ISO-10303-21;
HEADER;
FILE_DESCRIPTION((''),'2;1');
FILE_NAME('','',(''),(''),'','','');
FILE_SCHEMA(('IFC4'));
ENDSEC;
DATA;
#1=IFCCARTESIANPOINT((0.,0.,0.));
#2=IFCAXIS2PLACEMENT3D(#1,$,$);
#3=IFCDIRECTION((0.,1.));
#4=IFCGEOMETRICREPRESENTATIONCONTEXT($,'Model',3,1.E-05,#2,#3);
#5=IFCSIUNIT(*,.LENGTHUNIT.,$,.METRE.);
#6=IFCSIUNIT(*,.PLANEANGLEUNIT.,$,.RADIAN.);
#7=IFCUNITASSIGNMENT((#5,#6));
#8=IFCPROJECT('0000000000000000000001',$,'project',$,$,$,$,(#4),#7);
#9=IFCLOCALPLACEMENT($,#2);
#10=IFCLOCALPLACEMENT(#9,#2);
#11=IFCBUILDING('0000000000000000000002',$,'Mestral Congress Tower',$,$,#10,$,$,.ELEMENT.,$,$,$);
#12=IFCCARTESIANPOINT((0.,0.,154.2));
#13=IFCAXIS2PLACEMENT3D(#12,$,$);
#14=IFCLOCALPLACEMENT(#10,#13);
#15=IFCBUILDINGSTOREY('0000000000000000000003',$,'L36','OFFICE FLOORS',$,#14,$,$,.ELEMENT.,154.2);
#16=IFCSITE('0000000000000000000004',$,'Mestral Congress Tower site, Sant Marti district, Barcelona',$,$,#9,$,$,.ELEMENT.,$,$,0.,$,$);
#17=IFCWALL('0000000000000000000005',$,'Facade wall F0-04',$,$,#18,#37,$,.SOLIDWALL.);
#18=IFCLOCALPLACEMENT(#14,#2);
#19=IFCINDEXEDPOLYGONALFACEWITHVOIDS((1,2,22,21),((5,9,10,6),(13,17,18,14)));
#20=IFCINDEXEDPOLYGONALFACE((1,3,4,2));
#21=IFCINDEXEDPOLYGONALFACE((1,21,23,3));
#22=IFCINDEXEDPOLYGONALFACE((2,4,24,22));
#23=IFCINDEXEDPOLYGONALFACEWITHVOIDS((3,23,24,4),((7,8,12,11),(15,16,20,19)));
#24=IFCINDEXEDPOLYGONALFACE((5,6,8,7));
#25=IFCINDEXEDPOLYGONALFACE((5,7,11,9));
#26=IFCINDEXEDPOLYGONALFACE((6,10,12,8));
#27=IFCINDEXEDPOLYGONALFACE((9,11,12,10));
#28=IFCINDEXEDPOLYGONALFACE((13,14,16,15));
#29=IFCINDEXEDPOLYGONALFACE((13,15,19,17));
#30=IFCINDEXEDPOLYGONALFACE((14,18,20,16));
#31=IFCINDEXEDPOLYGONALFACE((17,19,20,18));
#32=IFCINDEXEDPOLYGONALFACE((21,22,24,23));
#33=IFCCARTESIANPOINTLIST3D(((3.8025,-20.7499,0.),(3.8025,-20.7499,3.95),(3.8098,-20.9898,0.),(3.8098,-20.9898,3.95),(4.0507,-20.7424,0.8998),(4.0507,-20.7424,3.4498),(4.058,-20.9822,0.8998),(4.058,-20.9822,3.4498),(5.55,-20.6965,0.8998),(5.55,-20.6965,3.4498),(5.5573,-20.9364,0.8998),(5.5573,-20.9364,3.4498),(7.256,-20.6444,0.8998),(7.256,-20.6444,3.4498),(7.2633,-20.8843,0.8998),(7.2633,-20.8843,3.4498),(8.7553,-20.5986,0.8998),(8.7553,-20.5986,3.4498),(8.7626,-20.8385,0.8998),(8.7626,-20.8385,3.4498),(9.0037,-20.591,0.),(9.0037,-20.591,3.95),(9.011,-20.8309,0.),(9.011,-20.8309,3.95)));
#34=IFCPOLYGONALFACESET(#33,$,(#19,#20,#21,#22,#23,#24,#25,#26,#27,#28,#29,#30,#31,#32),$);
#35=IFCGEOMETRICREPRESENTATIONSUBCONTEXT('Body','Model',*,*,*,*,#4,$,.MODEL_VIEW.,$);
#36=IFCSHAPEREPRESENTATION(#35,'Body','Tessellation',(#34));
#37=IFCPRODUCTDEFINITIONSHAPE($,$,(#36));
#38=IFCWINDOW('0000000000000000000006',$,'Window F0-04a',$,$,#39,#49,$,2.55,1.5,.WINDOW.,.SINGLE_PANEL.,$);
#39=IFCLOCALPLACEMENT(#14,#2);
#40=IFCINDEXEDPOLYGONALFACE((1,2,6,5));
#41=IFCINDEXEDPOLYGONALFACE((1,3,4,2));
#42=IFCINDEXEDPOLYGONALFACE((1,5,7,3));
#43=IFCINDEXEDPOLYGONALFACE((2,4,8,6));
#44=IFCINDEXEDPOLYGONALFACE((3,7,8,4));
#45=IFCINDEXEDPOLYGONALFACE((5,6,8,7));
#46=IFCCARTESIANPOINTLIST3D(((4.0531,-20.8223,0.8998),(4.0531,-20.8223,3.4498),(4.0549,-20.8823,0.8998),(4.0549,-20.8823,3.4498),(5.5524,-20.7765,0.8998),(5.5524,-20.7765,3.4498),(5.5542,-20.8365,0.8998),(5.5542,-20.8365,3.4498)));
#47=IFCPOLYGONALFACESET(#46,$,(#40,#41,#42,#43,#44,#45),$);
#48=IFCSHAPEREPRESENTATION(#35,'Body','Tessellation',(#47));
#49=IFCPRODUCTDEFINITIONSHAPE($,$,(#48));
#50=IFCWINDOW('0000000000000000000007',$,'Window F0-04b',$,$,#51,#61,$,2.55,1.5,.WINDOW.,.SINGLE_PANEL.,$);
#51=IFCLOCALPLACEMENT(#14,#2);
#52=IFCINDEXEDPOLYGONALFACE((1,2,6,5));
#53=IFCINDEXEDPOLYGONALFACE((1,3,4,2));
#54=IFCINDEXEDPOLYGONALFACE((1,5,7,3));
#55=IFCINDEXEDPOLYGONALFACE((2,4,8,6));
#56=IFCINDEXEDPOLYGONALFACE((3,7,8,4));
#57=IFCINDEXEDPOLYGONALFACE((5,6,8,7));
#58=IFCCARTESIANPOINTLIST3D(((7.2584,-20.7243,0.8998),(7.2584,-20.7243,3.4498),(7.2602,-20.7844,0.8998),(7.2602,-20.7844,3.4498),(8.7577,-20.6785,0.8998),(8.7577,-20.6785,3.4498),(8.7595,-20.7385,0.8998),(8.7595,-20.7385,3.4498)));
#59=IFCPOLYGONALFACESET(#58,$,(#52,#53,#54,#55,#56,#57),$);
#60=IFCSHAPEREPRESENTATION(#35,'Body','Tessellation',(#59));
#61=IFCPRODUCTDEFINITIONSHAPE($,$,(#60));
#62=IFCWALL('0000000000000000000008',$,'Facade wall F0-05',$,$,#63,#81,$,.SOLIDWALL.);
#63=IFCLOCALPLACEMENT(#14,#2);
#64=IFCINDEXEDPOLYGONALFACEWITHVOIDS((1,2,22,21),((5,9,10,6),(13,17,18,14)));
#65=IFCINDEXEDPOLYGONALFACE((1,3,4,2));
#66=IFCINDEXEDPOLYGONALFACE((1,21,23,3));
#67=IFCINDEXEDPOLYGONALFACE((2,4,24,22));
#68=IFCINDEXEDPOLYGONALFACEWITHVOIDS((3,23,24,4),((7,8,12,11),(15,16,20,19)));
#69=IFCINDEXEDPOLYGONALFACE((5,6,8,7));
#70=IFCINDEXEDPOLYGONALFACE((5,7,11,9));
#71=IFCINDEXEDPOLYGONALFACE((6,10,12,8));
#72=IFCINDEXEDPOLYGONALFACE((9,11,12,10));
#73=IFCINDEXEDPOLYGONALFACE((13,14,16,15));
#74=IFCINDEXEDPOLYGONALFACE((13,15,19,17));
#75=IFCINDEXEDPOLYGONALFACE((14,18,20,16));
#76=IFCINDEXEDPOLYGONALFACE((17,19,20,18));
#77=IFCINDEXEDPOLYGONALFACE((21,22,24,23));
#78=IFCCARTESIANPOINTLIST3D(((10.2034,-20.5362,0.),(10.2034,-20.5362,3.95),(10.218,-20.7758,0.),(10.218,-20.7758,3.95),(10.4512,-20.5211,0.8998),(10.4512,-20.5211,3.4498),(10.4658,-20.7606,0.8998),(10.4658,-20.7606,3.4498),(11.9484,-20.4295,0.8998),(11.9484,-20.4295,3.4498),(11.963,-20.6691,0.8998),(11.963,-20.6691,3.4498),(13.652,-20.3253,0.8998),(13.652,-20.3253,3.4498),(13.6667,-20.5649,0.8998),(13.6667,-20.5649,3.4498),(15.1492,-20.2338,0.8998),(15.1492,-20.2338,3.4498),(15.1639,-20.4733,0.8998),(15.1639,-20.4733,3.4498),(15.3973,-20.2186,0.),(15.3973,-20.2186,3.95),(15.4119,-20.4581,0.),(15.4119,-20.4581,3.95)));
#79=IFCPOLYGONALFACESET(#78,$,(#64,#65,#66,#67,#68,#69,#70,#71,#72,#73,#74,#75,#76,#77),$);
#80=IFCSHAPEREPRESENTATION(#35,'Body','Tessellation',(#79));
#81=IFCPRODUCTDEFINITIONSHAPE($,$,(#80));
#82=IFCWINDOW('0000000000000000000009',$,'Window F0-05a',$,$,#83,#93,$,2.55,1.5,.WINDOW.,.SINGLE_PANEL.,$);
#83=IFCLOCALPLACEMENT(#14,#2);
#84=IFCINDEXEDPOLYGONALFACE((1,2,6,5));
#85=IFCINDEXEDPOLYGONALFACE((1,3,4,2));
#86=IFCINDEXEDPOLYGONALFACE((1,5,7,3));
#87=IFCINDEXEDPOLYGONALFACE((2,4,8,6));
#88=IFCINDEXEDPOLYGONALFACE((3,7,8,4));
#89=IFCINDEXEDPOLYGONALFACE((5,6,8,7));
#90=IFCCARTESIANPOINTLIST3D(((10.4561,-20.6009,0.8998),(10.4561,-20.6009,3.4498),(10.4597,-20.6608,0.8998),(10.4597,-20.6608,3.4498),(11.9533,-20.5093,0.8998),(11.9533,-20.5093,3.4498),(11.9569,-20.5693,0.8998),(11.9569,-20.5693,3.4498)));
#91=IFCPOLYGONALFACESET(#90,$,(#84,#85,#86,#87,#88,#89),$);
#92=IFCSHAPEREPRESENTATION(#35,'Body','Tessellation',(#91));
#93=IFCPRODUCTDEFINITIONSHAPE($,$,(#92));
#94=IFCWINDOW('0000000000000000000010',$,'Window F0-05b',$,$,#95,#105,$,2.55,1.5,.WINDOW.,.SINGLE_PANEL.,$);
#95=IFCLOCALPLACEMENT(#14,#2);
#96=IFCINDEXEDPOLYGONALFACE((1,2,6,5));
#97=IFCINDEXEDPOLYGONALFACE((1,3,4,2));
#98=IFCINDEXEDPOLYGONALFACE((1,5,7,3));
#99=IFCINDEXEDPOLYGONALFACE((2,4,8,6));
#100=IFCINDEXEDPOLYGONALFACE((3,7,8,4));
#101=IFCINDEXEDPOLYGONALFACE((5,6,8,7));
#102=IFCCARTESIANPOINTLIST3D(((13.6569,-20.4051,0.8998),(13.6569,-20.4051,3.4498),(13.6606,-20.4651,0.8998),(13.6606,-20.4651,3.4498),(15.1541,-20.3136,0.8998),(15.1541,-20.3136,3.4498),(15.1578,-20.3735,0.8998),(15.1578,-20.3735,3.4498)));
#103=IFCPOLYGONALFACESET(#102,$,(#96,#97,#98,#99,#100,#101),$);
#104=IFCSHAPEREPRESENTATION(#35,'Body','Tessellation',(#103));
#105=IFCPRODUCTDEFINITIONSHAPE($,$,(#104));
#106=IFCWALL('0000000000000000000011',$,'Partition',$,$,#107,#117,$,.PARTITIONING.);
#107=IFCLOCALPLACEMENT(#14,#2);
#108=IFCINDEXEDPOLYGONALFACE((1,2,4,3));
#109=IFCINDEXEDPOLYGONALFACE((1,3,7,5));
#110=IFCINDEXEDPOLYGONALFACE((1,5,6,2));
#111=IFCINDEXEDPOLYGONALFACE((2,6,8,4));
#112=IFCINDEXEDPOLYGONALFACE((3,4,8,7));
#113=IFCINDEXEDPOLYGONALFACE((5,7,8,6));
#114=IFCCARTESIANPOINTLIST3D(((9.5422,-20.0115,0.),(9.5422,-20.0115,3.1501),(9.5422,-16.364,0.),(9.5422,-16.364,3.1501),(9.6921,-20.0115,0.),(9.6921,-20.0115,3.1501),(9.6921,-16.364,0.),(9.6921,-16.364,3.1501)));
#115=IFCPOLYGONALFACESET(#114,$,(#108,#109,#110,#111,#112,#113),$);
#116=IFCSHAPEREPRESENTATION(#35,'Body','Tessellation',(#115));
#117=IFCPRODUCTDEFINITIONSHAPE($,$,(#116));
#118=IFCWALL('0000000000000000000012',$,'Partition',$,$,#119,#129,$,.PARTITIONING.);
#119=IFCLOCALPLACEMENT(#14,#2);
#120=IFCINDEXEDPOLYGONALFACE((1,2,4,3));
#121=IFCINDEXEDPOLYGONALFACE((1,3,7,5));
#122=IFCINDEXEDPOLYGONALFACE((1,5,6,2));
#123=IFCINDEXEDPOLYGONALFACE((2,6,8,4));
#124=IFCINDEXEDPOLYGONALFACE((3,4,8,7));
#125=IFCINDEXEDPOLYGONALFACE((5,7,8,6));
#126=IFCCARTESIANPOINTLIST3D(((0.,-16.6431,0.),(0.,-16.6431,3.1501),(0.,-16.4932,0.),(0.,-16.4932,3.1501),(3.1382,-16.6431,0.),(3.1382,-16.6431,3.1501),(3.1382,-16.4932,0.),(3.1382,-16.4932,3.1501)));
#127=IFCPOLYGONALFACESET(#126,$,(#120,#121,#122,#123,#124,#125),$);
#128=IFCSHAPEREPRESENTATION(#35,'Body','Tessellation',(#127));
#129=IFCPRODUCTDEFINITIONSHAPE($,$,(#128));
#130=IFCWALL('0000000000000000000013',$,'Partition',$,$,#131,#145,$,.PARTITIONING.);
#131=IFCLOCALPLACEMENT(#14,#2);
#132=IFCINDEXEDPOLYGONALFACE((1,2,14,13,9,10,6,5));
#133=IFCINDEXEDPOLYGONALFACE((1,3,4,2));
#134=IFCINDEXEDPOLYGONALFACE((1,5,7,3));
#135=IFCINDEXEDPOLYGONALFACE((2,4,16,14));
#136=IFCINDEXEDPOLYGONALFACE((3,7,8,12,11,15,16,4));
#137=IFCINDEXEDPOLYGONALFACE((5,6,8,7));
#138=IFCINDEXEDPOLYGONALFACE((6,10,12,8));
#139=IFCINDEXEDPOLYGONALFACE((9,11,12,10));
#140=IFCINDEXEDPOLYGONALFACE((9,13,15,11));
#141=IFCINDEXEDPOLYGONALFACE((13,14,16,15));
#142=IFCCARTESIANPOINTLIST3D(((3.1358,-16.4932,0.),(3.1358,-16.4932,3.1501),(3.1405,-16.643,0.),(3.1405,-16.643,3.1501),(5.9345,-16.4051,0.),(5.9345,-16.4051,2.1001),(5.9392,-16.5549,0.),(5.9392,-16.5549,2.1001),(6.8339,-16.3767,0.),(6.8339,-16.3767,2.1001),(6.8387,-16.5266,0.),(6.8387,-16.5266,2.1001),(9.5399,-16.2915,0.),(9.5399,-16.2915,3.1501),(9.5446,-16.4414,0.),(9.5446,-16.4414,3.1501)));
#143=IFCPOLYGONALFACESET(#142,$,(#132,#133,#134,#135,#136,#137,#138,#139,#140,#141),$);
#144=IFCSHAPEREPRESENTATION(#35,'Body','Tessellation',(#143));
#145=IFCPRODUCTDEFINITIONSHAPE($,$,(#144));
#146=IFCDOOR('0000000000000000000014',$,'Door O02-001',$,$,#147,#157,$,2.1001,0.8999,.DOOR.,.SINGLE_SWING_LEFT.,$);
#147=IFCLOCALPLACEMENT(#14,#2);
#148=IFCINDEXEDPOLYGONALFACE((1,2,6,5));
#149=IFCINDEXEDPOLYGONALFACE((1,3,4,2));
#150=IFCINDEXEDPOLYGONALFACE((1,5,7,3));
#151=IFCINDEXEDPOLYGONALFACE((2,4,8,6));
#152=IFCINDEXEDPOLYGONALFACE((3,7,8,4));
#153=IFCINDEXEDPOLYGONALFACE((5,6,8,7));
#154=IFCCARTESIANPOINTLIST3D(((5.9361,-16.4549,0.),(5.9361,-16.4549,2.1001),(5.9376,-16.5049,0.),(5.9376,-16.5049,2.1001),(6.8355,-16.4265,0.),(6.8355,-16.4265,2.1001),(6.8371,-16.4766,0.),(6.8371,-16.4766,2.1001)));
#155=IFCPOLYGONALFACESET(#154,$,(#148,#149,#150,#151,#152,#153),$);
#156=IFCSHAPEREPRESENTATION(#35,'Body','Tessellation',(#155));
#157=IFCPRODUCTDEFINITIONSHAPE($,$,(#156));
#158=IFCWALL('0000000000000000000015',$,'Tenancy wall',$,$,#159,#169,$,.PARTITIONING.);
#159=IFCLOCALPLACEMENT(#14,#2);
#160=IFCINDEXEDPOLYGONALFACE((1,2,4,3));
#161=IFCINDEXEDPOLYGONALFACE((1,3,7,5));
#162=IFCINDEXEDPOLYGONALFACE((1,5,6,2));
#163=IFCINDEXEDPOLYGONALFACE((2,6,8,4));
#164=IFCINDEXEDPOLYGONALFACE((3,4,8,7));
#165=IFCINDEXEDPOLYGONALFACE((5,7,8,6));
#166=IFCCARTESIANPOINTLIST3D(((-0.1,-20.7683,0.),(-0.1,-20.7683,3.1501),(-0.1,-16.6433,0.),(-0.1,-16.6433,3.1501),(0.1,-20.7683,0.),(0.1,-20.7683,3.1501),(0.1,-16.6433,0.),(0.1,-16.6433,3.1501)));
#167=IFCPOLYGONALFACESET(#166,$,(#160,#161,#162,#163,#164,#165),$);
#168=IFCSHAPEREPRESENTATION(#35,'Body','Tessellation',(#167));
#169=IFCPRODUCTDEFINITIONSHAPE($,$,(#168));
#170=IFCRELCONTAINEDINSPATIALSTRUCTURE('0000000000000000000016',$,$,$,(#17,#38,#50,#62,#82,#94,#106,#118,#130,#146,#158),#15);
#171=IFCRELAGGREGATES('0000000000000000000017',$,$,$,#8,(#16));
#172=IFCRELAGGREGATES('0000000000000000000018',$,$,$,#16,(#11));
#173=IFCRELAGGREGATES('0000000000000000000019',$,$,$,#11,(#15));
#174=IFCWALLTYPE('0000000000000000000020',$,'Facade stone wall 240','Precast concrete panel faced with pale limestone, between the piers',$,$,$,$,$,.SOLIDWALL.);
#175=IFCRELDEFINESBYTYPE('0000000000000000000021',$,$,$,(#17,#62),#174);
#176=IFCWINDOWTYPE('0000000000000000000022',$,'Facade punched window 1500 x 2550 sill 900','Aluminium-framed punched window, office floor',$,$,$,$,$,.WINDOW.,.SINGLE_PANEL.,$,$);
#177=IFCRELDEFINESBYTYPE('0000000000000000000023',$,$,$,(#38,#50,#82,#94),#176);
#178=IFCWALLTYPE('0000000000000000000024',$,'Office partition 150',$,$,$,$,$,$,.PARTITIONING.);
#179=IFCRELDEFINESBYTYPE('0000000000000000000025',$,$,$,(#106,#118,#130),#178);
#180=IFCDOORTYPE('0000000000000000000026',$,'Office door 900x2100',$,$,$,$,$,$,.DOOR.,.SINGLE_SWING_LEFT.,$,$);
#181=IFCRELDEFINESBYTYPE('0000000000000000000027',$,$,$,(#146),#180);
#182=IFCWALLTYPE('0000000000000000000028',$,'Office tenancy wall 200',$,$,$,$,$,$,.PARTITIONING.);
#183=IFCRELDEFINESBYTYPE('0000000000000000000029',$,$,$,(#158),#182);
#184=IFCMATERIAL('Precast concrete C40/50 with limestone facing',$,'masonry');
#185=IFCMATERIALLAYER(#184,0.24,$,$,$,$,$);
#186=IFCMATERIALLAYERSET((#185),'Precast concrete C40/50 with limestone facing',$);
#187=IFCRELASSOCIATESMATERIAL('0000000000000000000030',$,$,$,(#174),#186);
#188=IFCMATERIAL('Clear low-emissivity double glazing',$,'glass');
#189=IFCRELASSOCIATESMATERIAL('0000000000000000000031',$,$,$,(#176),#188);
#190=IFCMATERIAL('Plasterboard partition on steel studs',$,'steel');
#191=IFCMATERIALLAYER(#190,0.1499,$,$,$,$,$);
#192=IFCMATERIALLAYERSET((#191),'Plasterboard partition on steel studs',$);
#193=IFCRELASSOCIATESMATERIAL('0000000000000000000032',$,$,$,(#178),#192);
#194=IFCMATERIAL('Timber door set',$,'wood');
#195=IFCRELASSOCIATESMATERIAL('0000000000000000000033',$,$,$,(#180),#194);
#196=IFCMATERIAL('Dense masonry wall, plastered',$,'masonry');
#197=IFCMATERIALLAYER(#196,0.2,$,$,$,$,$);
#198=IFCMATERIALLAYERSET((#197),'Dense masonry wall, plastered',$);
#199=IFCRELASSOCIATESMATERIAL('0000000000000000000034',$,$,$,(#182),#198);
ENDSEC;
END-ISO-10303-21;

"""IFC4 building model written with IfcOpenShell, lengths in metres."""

from ifc_helpers import new_model, si_unit, direction, frame, frame_2d, origin, place, context, subcontext, project, spatial, rectangle, extrude, material, layer, layer_set, type_object, element, fill, save


model = new_model("IFC4")

# Units and contexts
model_context = context("Model", 3, precision=1e-05, world=origin(), true_north=direction((0.0, 1.0)))
body_context = subcontext(model_context, "Body", "Model", "MODEL_VIEW")
ifc_project = project(units=[si_unit("LENGTHUNIT", "METRE"), si_unit("PLANEANGLEUNIT", "RADIAN")], contexts=[model_context])

# Site, building, storey
site_placement = place(None, origin())
site = spatial("IfcSite", under=ifc_project, at=site_placement, Name="Mestral Congress Tower site, Sant Marti district, Barcelona", CompositionType="ELEMENT", RefElevation=0.0)
building_placement = place(site_placement, origin())
building = spatial("IfcBuilding", under=site, at=building_placement, Name="Mestral Congress Tower", CompositionType="ELEMENT")
storey_placement = place(building_placement, frame((0.0, 0.0, 154.2)))
storey = spatial("IfcBuildingStorey", under=building, at=storey_placement, Name="L36", Description="OFFICE FLOORS", CompositionType="ELEMENT", Elevation=154.2)

# Walls, openings, windows
ifc_material_1 = material(Name="Precast concrete C40/50 with limestone facing", Category="masonry")
ifc_layer_1 = layer(ifc_material_1, 0.24)
ifc_layer_set_1 = layer_set([ifc_layer_1], Name="Precast concrete C40/50 with limestone facing")
wall_type_1 = type_object("IfcWallType", Name="Facade stone wall 240", Description="Precast concrete panel faced with pale limestone, between the piers", PredefinedType="SOLIDWALL", material=ifc_layer_set_1)
wall_1_placement = place(storey_placement, frame((3.8062, -20.8699, 0.0), z_axis=(0.0, 0.0, 1.0), x_axis=(0.999533, 0.030543, 0.0)))
wall_1 = element("IfcWall", 1, at=wall_1_placement, inside=storey, type_object=wall_type_1, Name="Facade wall F0-04", PredefinedType="SOLIDWALL", context=body_context, shape_type="SweptSolid", body=[
    extrude(rectangle(XDim=5.2036, YDim=0.24, at=frame_2d((2.6018, 0.0))), origin(), (0.0, 0.0, 1.0), 3.95),
])
opening_1_placement = place(wall_1_placement, frame((0.2483, 0.0, 0.8999)))
opening_1 = element("IfcOpeningElement", 2, at=opening_1_placement, cuts=wall_1, PredefinedType="OPENING", context=body_context, shape_type="SweptSolid", body=[
    extrude(rectangle(XDim=1.5, YDim=2.55, at=frame_2d((0.75, 1.2749))), frame((0.0, 0.1299, 0.0), z_axis=(0.0, -1.0, 0.0), x_axis=(1.0, 0.0, 0.0)), (0.0, 0.0, 1.0), 0.26),
])
opening_2_placement = place(wall_1_placement, frame((3.4551, 0.0, 0.8999)))
opening_2 = element("IfcOpeningElement", 3, at=opening_2_placement, cuts=wall_1, PredefinedType="OPENING", context=body_context, shape_type="SweptSolid", body=[
    extrude(rectangle(XDim=1.5, YDim=2.55, at=frame_2d((0.75, 1.2749))), frame((0.0, 0.1299, 0.0), z_axis=(0.0, -1.0, 0.0), x_axis=(1.0, 0.0, 0.0)), (0.0, 0.0, 1.0), 0.26),
])
ifc_material_2 = material(Name="Clear low-emissivity double glazing", Category="glass")
window_type = type_object("IfcWindowType", Name="Facade punched window 1500 x 2550 sill 900", Description="Aluminium-framed punched window, office floor", PartitioningType="SINGLE_PANEL", PredefinedType="WINDOW", material=ifc_material_2)
window_1_placement = place(opening_1_placement, origin())
window_1 = element("IfcWindow", 4, at=window_1_placement, inside=storey, type_object=window_type, Name="Window F0-04a", OverallHeight=2.55, OverallWidth=1.5, PartitioningType="SINGLE_PANEL", PredefinedType="WINDOW", context=body_context, shape_type="SweptSolid", body=[
    extrude(rectangle(XDim=1.5, YDim=2.55, at=frame_2d((0.75, 1.2749))), frame((0.0, 0.04, 0.0), z_axis=(0.0, -1.0, 0.0), x_axis=(1.0, 0.0, 0.0)), (0.0, 0.0, 1.0), 0.0601),
])
fill(opening_1, window_1)
window_2_placement = place(opening_2_placement, origin())
window_2 = element("IfcWindow", 5, at=window_2_placement, inside=storey, type_object=window_type, Name="Window F0-04b", OverallHeight=2.55, OverallWidth=1.5, PartitioningType="SINGLE_PANEL", PredefinedType="WINDOW", context=body_context, shape_type="SweptSolid", body=[
    extrude(rectangle(XDim=1.5, YDim=2.55, at=frame_2d((0.75, 1.2749))), frame((0.0, 0.04, 0.0), z_axis=(0.0, -1.0, 0.0), x_axis=(1.0, 0.0, 0.0)), (0.0, 0.0, 1.0), 0.0601),
])
fill(opening_2, window_2)
wall_2_placement = place(storey_placement, frame((10.2107, -20.656, 0.0), z_axis=(0.0, 0.0, 1.0), x_axis=(0.998135, 0.06104, 0.0)))
wall_2 = element("IfcWall", 6, at=wall_2_placement, inside=storey, type_object=wall_type_1, Name="Facade wall F0-05", PredefinedType="SOLIDWALL", context=body_context, shape_type="SweptSolid", body=[
    extrude(rectangle(XDim=5.2036, YDim=0.24, at=frame_2d((2.6018, 0.0))), origin(), (0.0, 0.0, 1.0), 3.95),
])
opening_3_placement = place(wall_2_placement, frame((0.2483, 0.0, 0.8999)))
opening_3 = element("IfcOpeningElement", 7, at=opening_3_placement, cuts=wall_2, PredefinedType="OPENING", context=body_context, shape_type="SweptSolid", body=[
    extrude(rectangle(XDim=1.5, YDim=2.55, at=frame_2d((0.75, 1.2749))), frame((0.0, 0.1299, 0.0), z_axis=(0.0, -1.0, 0.0), x_axis=(1.0, 0.0, 0.0)), (0.0, 0.0, 1.0), 0.26),
])
opening_4_placement = place(wall_2_placement, frame((3.4551, 0.0, 0.8999)))
opening_4 = element("IfcOpeningElement", 8, at=opening_4_placement, cuts=wall_2, PredefinedType="OPENING", context=body_context, shape_type="SweptSolid", body=[
    extrude(rectangle(XDim=1.5, YDim=2.55, at=frame_2d((0.75, 1.2749))), frame((0.0, 0.1299, 0.0), z_axis=(0.0, -1.0, 0.0), x_axis=(1.0, 0.0, 0.0)), (0.0, 0.0, 1.0), 0.26),
])
window_3_placement = place(opening_3_placement, origin())
window_3 = element("IfcWindow", 9, at=window_3_placement, inside=storey, type_object=window_type, Name="Window F0-05a", OverallHeight=2.55, OverallWidth=1.5, PartitioningType="SINGLE_PANEL", PredefinedType="WINDOW", context=body_context, shape_type="SweptSolid", body=[
    extrude(rectangle(XDim=1.5, YDim=2.55, at=frame_2d((0.75, 1.2749))), frame((0.0, 0.04, 0.0), z_axis=(0.0, -1.0, 0.0), x_axis=(1.0, 0.0, 0.0)), (0.0, 0.0, 1.0), 0.0601),
])
fill(opening_3, window_3)
window_4_placement = place(opening_4_placement, origin())
window_4 = element("IfcWindow", 10, at=window_4_placement, inside=storey, type_object=window_type, Name="Window F0-05b", OverallHeight=2.55, OverallWidth=1.5, PartitioningType="SINGLE_PANEL", PredefinedType="WINDOW", context=body_context, shape_type="SweptSolid", body=[
    extrude(rectangle(XDim=1.5, YDim=2.55, at=frame_2d((0.75, 1.2749))), frame((0.0, 0.04, 0.0), z_axis=(0.0, -1.0, 0.0), x_axis=(1.0, 0.0, 0.0)), (0.0, 0.0, 1.0), 0.0601),
])
fill(opening_4, window_4)

# Walls
ifc_material_3 = material(Name="Plasterboard partition on steel studs", Category="steel")
ifc_layer_2 = layer(ifc_material_3, 0.1499)
ifc_layer_set_2 = layer_set([ifc_layer_2], Name="Plasterboard partition on steel studs")
wall_type_2 = type_object("IfcWallType", Name="Office partition 150", PredefinedType="PARTITIONING", material=ifc_layer_set_2)
wall_3_placement = place(storey_placement, frame((9.6172, -16.364, 0.0), z_axis=(0.0, 0.0, 1.0), x_axis=(0.0, -1.0, 0.0)))
element("IfcWall", 11, at=wall_3_placement, inside=storey, type_object=wall_type_2, Name="Partition", PredefinedType="PARTITIONING", context=body_context, shape_type="SweptSolid", body=[
    extrude(rectangle(XDim=3.6475, YDim=0.1499, at=frame_2d((1.8237, 0.0))), origin(), (0.0, 0.0, 1.0), 3.1501),
])
wall_4_placement = place(storey_placement, frame((0.0, -16.5681, 0.0), z_axis=(0.0, 0.0, 1.0), x_axis=(1.0, 0.0, 0.0)))
element("IfcWall", 12, at=wall_4_placement, inside=storey, type_object=wall_type_2, Name="Partition", PredefinedType="PARTITIONING", context=body_context, shape_type="SweptSolid", body=[
    extrude(rectangle(XDim=3.1382, YDim=0.1499, at=frame_2d((1.5691, 0.0))), origin(), (0.0, 0.0, 1.0), 3.1501),
])

# Wall, opening, door
wall_5_placement = place(storey_placement, frame((9.5422, -16.3665, 0.0), z_axis=(0.0, 0.0, 1.0), x_axis=(-0.999505, -0.031474, 0.0)))
wall_5 = element("IfcWall", 13, at=wall_5_placement, inside=storey, type_object=wall_type_2, Name="Partition", PredefinedType="PARTITIONING", context=body_context, shape_type="SweptSolid", body=[
    extrude(rectangle(XDim=6.4072, YDim=0.1499, at=frame_2d((3.2036, 0.0))), origin(), (0.0, 0.0, 1.0), 3.1501),
])
opening_5_placement = place(wall_5_placement, frame((2.7073, 0.0, 0.0)))
opening_5 = element("IfcOpeningElement", 14, at=opening_5_placement, cuts=wall_5, PredefinedType="OPENING", context=body_context, shape_type="SweptSolid", body=[
    extrude(rectangle(XDim=0.8999, YDim=2.1001, at=frame_2d((0.45, 1.05))), frame((0.0, 0.085, 0.0), z_axis=(0.0, -1.0, 0.0), x_axis=(1.0, 0.0, 0.0)), (0.0, 0.0, 1.0), 0.1699),
])
ifc_material_4 = material(Name="Timber door set", Category="wood")
door_type_1 = type_object("IfcDoorType", Name="Office door 900x2100", OperationType="SINGLE_SWING_LEFT", PredefinedType="DOOR", material=ifc_material_4)
door_1_placement = place(opening_5_placement, origin())
door_1 = element("IfcDoor", 15, at=door_1_placement, inside=storey, type_object=door_type_1, Name="Door O02-001", OperationType="SINGLE_SWING_LEFT", OverallHeight=2.1001, OverallWidth=0.8999, PredefinedType="DOOR", context=body_context, shape_type="SweptSolid", body=[
    extrude(rectangle(XDim=0.8999, YDim=2.1001, at=frame_2d((0.45, 1.05))), frame((0.0, 0.0249, 0.0), z_axis=(0.0, -1.0, 0.0), x_axis=(1.0, 0.0, 0.0)), (0.0, 0.0, 1.0), 0.05),
])
fill(opening_5, door_1)

# Wall
ifc_material_5 = material(Name="Dense masonry wall, plastered", Category="masonry")
ifc_layer_3 = layer(ifc_material_5, 0.2)
ifc_layer_set_3 = layer_set([ifc_layer_3], Name="Dense masonry wall, plastered")
wall_type_3 = type_object("IfcWallType", Name="Office tenancy wall 200", PredefinedType="PARTITIONING", material=ifc_layer_set_3)
wall_6_placement = place(storey_placement, frame((0.0, -20.7683, 0.0), z_axis=(0.0, 0.0, 1.0), x_axis=(0.0, 1.0, 0.0)))
element("IfcWall", 16, at=wall_6_placement, inside=storey, type_object=wall_type_3, Name="Tenancy wall", PredefinedType="PARTITIONING", context=body_context, shape_type="SweptSolid", body=[
    extrude(rectangle(XDim=4.125, YDim=0.2, at=frame_2d((2.0625, 0.0))), origin(), (0.0, 0.0, 1.0), 3.1501),
])

save(model, "model.ifc")
